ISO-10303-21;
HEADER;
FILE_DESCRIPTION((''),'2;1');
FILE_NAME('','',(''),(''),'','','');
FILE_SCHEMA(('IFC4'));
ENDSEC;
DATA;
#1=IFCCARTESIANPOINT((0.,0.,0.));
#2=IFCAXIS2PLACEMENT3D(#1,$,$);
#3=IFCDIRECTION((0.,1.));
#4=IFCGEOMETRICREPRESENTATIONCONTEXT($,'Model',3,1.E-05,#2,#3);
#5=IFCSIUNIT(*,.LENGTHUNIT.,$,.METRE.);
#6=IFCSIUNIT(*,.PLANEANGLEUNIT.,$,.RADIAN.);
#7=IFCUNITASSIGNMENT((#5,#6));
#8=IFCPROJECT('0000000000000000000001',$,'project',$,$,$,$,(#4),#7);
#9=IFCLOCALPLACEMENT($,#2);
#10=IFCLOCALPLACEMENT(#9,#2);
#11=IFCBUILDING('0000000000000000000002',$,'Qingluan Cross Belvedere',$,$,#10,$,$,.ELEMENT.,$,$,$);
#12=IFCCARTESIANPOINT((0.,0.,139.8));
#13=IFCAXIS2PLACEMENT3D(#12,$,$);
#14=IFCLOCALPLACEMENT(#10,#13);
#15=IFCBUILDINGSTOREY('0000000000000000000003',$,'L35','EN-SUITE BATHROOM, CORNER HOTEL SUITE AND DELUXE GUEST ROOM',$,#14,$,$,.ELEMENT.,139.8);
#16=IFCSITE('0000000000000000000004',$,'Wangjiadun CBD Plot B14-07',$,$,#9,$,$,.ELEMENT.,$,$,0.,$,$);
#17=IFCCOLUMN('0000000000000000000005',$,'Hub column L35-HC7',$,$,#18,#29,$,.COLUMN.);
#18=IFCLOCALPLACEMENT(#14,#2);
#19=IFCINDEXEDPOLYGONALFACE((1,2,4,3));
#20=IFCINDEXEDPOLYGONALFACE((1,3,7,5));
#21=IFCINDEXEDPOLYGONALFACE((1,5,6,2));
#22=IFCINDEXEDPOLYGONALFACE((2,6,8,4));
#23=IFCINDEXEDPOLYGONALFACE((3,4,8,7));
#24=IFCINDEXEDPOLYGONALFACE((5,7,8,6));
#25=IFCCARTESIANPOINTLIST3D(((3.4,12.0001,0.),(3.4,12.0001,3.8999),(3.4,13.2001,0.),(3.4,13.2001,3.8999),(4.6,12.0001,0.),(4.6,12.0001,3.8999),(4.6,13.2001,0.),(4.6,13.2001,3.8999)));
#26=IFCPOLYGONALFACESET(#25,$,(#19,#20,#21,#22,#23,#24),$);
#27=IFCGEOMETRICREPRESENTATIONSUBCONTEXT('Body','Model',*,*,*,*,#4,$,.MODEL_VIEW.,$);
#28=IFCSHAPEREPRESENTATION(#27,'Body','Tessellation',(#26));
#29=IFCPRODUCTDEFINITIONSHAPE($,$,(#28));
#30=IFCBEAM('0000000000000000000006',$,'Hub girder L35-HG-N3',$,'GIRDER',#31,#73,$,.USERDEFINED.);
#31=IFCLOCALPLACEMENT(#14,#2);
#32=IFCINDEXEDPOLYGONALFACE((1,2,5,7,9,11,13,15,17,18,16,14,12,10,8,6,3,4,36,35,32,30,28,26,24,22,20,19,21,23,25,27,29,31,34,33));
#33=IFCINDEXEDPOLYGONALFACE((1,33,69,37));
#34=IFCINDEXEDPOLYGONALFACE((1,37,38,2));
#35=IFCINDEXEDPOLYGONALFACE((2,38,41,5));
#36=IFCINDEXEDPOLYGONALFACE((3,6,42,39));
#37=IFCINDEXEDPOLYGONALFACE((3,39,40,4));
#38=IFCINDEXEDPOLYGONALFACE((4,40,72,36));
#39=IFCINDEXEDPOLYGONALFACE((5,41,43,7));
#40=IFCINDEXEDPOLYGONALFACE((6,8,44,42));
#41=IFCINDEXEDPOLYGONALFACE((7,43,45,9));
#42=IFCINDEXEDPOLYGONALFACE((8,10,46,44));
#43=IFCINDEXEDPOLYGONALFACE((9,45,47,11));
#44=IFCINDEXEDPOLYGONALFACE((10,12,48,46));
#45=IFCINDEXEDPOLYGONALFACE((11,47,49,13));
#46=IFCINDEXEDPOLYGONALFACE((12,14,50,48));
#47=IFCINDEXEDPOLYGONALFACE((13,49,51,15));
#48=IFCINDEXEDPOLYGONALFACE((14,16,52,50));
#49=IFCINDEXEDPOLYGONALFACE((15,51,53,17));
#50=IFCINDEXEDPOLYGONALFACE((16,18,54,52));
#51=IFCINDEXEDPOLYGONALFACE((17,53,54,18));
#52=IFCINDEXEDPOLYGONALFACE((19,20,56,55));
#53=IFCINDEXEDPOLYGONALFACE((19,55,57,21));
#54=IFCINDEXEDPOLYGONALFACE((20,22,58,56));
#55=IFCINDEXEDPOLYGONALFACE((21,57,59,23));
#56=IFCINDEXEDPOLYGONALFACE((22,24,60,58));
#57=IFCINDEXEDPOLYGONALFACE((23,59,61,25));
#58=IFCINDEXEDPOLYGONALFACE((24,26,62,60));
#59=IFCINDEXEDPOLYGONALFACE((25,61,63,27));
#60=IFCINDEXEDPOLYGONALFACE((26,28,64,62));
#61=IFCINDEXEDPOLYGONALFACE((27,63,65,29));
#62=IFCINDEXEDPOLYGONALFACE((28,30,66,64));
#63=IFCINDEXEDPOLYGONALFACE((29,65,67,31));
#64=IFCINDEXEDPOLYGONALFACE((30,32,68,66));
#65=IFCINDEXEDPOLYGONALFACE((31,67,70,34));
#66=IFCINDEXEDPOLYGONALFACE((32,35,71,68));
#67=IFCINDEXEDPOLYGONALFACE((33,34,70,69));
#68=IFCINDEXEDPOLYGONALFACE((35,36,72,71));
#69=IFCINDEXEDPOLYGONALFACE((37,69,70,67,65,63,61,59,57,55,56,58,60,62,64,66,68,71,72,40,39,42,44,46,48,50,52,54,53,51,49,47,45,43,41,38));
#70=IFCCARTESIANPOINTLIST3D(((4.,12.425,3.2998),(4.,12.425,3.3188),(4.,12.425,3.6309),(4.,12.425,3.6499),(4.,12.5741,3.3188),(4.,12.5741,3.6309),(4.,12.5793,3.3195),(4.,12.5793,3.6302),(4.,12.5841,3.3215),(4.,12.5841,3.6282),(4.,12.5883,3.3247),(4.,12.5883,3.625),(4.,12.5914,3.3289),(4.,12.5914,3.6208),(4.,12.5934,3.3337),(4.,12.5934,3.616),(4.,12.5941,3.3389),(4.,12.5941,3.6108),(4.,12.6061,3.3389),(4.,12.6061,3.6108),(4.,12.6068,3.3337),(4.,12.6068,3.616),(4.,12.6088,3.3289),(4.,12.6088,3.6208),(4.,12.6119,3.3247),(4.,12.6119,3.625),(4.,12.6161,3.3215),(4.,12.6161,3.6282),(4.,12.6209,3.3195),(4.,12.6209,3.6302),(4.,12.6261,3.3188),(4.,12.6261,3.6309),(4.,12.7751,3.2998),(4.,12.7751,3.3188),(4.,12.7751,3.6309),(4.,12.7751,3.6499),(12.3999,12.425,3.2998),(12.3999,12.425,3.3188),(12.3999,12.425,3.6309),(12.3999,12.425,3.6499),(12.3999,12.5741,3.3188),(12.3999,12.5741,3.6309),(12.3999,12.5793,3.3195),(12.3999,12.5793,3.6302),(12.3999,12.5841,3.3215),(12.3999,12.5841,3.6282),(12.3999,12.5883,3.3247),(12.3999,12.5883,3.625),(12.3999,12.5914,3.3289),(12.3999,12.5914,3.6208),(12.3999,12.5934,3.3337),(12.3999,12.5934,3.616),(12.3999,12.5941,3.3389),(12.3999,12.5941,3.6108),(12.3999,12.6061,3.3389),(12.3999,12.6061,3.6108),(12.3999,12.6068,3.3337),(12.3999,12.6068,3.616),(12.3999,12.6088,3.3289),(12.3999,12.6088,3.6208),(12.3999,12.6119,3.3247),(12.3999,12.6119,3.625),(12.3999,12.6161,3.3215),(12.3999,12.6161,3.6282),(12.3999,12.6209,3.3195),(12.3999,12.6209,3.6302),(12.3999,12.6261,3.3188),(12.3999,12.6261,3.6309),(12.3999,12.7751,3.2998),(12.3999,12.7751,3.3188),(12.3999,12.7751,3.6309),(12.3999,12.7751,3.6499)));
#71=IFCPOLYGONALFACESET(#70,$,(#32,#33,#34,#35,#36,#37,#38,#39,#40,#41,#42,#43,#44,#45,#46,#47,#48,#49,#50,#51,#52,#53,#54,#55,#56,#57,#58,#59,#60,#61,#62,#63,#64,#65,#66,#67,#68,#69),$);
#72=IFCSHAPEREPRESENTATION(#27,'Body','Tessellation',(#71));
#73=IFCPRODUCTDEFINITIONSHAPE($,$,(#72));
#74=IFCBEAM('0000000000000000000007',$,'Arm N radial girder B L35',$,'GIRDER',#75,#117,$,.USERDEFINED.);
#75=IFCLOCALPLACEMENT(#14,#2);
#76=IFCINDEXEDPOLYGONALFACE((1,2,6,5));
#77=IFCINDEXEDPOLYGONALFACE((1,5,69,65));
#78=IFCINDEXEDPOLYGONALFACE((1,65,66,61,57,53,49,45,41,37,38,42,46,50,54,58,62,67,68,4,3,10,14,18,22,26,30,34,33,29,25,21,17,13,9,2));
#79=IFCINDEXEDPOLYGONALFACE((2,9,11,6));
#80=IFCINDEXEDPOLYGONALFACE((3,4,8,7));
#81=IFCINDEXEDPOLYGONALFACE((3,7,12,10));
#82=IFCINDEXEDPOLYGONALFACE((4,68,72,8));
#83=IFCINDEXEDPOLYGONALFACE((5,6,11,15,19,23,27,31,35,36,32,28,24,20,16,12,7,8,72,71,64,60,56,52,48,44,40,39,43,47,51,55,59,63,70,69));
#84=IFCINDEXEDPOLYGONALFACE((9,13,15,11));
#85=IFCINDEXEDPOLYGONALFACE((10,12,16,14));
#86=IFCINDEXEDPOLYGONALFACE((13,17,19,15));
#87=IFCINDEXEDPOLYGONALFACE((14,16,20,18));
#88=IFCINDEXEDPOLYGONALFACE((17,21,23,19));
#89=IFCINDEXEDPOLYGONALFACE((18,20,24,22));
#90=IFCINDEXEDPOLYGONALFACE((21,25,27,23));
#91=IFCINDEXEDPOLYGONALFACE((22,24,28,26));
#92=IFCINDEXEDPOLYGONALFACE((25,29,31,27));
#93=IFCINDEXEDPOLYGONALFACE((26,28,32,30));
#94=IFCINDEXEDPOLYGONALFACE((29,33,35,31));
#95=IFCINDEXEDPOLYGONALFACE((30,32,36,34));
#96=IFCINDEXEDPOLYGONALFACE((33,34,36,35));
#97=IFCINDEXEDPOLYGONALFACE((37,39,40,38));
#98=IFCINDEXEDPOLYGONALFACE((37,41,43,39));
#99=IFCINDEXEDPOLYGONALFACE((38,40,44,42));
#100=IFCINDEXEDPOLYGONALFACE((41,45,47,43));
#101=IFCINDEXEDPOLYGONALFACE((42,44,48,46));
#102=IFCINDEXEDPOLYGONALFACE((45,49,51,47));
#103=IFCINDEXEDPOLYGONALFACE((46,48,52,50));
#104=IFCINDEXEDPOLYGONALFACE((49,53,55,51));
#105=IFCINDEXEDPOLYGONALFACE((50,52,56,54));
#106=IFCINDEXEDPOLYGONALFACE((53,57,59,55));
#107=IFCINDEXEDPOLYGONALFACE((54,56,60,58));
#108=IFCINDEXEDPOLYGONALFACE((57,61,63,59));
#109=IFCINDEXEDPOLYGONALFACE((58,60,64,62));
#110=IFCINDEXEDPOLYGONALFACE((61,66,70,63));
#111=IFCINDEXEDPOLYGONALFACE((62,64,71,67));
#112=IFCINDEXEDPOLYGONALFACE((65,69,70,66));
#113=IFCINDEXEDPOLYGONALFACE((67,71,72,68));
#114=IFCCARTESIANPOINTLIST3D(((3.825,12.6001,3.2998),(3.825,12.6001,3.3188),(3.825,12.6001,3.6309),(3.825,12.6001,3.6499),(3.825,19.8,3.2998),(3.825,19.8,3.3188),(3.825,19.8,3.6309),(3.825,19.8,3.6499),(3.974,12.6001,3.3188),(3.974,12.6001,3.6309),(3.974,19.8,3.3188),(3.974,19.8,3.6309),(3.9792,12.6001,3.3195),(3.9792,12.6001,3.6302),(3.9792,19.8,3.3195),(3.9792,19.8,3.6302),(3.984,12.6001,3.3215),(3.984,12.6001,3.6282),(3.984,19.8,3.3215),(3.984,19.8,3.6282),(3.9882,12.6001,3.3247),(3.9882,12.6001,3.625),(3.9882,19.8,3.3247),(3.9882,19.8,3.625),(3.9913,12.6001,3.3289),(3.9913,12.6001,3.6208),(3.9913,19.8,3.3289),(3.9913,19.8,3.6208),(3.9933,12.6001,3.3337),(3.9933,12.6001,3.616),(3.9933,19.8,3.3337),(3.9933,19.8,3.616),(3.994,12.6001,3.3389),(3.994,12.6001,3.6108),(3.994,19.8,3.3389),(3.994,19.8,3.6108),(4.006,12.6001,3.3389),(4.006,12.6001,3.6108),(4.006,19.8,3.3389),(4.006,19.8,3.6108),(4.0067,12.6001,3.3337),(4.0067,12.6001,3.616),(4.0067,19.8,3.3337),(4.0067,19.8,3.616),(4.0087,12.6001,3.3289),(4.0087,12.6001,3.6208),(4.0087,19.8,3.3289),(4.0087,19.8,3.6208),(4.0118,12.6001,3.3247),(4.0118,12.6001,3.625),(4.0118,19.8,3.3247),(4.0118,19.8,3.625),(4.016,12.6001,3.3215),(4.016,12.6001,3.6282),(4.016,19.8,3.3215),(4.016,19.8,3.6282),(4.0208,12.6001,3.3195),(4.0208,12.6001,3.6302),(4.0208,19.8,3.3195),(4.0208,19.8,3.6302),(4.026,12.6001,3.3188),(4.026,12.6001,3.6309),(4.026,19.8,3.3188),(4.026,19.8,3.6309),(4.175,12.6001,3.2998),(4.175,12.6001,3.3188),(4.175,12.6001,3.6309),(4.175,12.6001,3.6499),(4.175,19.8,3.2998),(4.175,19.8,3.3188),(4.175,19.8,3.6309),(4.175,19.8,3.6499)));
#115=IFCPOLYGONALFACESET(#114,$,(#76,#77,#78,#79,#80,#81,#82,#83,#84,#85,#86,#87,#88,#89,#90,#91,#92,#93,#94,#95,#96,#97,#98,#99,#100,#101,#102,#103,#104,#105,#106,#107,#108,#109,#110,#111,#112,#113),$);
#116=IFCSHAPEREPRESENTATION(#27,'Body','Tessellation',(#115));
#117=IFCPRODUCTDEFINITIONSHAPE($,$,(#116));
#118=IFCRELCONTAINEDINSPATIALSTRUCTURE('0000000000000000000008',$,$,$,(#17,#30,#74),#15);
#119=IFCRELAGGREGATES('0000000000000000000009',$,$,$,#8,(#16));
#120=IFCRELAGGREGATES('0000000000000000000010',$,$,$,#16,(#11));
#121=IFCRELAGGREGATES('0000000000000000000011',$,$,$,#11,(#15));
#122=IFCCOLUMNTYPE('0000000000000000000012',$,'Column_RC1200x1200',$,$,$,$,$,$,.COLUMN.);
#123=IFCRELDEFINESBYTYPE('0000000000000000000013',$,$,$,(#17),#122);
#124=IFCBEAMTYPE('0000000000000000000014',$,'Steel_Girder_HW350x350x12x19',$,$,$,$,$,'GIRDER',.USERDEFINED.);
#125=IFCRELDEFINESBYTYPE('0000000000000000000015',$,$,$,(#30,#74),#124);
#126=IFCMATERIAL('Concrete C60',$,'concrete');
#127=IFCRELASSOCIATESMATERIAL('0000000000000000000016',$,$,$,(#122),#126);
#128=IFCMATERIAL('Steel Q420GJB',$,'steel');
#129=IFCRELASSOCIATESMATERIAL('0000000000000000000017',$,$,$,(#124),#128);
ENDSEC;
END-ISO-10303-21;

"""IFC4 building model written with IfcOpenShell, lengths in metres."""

from ifc_helpers import new_model, si_unit, direction, frame, origin, origin_2d, place, context, subcontext, project, spatial, rectangle, i_section, extrude, material, material_profile, profile_set, type_object, element, save


model = new_model("IFC4")

# Units and contexts
model_context = context("Model", 3, precision=1e-05, world=origin(), true_north=direction((0.0, 1.0)))
body_context = subcontext(model_context, "Body", "Model", "MODEL_VIEW")
ifc_project = project(units=[si_unit("LENGTHUNIT", "METRE"), si_unit("PLANEANGLEUNIT", "RADIAN")], contexts=[model_context])

# Site, building, storey
site_placement = place(None, origin())
site = spatial("IfcSite", under=ifc_project, at=site_placement, Name="Wangjiadun CBD Plot B14-07", CompositionType="ELEMENT", RefElevation=0.0)
building_placement = place(site_placement, origin())
building = spatial("IfcBuilding", under=site, at=building_placement, Name="Qingluan Cross Belvedere", CompositionType="ELEMENT")
storey_placement = place(building_placement, frame((0.0, 0.0, 139.8)))
storey = spatial("IfcBuildingStorey", under=building, at=storey_placement, Name="L35", Description="EN-SUITE BATHROOM, CORNER HOTEL SUITE AND DELUXE GUEST ROOM", CompositionType="ELEMENT", Elevation=139.8)

# Column
ifc_material_1 = material(Name="Concrete C60", Category="concrete")
ifc_material_profile_1 = material_profile(ifc_material_1, rectangle(XDim=1.2, YDim=1.2, at=origin_2d()), Name="RC1200x1200")
ifc_profile_set_1 = profile_set([ifc_material_profile_1], Name="Concrete C60")
column_type = type_object("IfcColumnType", Name="Column_RC1200x1200", PredefinedType="COLUMN", material=ifc_profile_set_1)
column_placement = place(storey_placement, frame((4.0, 12.6001, 0.0), z_axis=(0.0, 0.0, 1.0), x_axis=(1.0, 0.0, 0.0)))
element("IfcColumn", 1, at=column_placement, inside=storey, type_object=column_type, Name="Hub column L35-HC7", PredefinedType="COLUMN", context=body_context, shape_type="SweptSolid", body=[
    extrude(rectangle(XDim=1.2, YDim=1.2, at=origin_2d()), origin(), (0.0, 0.0, 1.0), 3.8999),
])

# Beams
ifc_material_2 = material(Name="Steel Q420GJB", Category="steel")
ifc_material_profile_2 = material_profile(ifc_material_2, i_section(OverallWidth=0.3501, OverallDepth=0.3501, WebThickness=0.012, FlangeThickness=0.019, FilletRadius=0.02, at=origin_2d()), Name="HW350x350x12x19")
ifc_profile_set_2 = profile_set([ifc_material_profile_2], Name="Steel Q420GJB")
beam_type = type_object("IfcBeamType", Name="Steel_Girder_HW350x350x12x19", ElementType="GIRDER", PredefinedType="USERDEFINED", material=ifc_profile_set_2)
beam_1_placement = place(storey_placement, frame((4.0, 12.6001, 3.4749), z_axis=(1.0, 0.0, 0.0), x_axis=(0.0, 1.0, 0.0)))
element("IfcBeam", 2, at=beam_1_placement, inside=storey, type_object=beam_type, Name="Hub girder L35-HG-N3", ObjectType="GIRDER", PredefinedType="USERDEFINED", context=body_context, shape_type="SweptSolid", body=[
    extrude(i_section(OverallWidth=0.3501, OverallDepth=0.3501, WebThickness=0.012, FlangeThickness=0.019, FilletRadius=0.02, at=origin_2d()), origin(), (0.0, 0.0, 1.0), 8.3999),
])
beam_2_placement = place(storey_placement, frame((4.0, 12.6001, 3.4749), z_axis=(0.0, 1.0, 0.0), x_axis=(-1.0, 0.0, 0.0)))
element("IfcBeam", 3, at=beam_2_placement, inside=storey, type_object=beam_type, Name="Arm N radial girder B L35", ObjectType="GIRDER", PredefinedType="USERDEFINED", context=body_context, shape_type="SweptSolid", body=[
    extrude(i_section(OverallWidth=0.3501, OverallDepth=0.3501, WebThickness=0.012, FlangeThickness=0.019, FilletRadius=0.02, at=origin_2d()), origin(), (0.0, 0.0, 1.0), 7.2),
])

save(model, "model.ifc")
